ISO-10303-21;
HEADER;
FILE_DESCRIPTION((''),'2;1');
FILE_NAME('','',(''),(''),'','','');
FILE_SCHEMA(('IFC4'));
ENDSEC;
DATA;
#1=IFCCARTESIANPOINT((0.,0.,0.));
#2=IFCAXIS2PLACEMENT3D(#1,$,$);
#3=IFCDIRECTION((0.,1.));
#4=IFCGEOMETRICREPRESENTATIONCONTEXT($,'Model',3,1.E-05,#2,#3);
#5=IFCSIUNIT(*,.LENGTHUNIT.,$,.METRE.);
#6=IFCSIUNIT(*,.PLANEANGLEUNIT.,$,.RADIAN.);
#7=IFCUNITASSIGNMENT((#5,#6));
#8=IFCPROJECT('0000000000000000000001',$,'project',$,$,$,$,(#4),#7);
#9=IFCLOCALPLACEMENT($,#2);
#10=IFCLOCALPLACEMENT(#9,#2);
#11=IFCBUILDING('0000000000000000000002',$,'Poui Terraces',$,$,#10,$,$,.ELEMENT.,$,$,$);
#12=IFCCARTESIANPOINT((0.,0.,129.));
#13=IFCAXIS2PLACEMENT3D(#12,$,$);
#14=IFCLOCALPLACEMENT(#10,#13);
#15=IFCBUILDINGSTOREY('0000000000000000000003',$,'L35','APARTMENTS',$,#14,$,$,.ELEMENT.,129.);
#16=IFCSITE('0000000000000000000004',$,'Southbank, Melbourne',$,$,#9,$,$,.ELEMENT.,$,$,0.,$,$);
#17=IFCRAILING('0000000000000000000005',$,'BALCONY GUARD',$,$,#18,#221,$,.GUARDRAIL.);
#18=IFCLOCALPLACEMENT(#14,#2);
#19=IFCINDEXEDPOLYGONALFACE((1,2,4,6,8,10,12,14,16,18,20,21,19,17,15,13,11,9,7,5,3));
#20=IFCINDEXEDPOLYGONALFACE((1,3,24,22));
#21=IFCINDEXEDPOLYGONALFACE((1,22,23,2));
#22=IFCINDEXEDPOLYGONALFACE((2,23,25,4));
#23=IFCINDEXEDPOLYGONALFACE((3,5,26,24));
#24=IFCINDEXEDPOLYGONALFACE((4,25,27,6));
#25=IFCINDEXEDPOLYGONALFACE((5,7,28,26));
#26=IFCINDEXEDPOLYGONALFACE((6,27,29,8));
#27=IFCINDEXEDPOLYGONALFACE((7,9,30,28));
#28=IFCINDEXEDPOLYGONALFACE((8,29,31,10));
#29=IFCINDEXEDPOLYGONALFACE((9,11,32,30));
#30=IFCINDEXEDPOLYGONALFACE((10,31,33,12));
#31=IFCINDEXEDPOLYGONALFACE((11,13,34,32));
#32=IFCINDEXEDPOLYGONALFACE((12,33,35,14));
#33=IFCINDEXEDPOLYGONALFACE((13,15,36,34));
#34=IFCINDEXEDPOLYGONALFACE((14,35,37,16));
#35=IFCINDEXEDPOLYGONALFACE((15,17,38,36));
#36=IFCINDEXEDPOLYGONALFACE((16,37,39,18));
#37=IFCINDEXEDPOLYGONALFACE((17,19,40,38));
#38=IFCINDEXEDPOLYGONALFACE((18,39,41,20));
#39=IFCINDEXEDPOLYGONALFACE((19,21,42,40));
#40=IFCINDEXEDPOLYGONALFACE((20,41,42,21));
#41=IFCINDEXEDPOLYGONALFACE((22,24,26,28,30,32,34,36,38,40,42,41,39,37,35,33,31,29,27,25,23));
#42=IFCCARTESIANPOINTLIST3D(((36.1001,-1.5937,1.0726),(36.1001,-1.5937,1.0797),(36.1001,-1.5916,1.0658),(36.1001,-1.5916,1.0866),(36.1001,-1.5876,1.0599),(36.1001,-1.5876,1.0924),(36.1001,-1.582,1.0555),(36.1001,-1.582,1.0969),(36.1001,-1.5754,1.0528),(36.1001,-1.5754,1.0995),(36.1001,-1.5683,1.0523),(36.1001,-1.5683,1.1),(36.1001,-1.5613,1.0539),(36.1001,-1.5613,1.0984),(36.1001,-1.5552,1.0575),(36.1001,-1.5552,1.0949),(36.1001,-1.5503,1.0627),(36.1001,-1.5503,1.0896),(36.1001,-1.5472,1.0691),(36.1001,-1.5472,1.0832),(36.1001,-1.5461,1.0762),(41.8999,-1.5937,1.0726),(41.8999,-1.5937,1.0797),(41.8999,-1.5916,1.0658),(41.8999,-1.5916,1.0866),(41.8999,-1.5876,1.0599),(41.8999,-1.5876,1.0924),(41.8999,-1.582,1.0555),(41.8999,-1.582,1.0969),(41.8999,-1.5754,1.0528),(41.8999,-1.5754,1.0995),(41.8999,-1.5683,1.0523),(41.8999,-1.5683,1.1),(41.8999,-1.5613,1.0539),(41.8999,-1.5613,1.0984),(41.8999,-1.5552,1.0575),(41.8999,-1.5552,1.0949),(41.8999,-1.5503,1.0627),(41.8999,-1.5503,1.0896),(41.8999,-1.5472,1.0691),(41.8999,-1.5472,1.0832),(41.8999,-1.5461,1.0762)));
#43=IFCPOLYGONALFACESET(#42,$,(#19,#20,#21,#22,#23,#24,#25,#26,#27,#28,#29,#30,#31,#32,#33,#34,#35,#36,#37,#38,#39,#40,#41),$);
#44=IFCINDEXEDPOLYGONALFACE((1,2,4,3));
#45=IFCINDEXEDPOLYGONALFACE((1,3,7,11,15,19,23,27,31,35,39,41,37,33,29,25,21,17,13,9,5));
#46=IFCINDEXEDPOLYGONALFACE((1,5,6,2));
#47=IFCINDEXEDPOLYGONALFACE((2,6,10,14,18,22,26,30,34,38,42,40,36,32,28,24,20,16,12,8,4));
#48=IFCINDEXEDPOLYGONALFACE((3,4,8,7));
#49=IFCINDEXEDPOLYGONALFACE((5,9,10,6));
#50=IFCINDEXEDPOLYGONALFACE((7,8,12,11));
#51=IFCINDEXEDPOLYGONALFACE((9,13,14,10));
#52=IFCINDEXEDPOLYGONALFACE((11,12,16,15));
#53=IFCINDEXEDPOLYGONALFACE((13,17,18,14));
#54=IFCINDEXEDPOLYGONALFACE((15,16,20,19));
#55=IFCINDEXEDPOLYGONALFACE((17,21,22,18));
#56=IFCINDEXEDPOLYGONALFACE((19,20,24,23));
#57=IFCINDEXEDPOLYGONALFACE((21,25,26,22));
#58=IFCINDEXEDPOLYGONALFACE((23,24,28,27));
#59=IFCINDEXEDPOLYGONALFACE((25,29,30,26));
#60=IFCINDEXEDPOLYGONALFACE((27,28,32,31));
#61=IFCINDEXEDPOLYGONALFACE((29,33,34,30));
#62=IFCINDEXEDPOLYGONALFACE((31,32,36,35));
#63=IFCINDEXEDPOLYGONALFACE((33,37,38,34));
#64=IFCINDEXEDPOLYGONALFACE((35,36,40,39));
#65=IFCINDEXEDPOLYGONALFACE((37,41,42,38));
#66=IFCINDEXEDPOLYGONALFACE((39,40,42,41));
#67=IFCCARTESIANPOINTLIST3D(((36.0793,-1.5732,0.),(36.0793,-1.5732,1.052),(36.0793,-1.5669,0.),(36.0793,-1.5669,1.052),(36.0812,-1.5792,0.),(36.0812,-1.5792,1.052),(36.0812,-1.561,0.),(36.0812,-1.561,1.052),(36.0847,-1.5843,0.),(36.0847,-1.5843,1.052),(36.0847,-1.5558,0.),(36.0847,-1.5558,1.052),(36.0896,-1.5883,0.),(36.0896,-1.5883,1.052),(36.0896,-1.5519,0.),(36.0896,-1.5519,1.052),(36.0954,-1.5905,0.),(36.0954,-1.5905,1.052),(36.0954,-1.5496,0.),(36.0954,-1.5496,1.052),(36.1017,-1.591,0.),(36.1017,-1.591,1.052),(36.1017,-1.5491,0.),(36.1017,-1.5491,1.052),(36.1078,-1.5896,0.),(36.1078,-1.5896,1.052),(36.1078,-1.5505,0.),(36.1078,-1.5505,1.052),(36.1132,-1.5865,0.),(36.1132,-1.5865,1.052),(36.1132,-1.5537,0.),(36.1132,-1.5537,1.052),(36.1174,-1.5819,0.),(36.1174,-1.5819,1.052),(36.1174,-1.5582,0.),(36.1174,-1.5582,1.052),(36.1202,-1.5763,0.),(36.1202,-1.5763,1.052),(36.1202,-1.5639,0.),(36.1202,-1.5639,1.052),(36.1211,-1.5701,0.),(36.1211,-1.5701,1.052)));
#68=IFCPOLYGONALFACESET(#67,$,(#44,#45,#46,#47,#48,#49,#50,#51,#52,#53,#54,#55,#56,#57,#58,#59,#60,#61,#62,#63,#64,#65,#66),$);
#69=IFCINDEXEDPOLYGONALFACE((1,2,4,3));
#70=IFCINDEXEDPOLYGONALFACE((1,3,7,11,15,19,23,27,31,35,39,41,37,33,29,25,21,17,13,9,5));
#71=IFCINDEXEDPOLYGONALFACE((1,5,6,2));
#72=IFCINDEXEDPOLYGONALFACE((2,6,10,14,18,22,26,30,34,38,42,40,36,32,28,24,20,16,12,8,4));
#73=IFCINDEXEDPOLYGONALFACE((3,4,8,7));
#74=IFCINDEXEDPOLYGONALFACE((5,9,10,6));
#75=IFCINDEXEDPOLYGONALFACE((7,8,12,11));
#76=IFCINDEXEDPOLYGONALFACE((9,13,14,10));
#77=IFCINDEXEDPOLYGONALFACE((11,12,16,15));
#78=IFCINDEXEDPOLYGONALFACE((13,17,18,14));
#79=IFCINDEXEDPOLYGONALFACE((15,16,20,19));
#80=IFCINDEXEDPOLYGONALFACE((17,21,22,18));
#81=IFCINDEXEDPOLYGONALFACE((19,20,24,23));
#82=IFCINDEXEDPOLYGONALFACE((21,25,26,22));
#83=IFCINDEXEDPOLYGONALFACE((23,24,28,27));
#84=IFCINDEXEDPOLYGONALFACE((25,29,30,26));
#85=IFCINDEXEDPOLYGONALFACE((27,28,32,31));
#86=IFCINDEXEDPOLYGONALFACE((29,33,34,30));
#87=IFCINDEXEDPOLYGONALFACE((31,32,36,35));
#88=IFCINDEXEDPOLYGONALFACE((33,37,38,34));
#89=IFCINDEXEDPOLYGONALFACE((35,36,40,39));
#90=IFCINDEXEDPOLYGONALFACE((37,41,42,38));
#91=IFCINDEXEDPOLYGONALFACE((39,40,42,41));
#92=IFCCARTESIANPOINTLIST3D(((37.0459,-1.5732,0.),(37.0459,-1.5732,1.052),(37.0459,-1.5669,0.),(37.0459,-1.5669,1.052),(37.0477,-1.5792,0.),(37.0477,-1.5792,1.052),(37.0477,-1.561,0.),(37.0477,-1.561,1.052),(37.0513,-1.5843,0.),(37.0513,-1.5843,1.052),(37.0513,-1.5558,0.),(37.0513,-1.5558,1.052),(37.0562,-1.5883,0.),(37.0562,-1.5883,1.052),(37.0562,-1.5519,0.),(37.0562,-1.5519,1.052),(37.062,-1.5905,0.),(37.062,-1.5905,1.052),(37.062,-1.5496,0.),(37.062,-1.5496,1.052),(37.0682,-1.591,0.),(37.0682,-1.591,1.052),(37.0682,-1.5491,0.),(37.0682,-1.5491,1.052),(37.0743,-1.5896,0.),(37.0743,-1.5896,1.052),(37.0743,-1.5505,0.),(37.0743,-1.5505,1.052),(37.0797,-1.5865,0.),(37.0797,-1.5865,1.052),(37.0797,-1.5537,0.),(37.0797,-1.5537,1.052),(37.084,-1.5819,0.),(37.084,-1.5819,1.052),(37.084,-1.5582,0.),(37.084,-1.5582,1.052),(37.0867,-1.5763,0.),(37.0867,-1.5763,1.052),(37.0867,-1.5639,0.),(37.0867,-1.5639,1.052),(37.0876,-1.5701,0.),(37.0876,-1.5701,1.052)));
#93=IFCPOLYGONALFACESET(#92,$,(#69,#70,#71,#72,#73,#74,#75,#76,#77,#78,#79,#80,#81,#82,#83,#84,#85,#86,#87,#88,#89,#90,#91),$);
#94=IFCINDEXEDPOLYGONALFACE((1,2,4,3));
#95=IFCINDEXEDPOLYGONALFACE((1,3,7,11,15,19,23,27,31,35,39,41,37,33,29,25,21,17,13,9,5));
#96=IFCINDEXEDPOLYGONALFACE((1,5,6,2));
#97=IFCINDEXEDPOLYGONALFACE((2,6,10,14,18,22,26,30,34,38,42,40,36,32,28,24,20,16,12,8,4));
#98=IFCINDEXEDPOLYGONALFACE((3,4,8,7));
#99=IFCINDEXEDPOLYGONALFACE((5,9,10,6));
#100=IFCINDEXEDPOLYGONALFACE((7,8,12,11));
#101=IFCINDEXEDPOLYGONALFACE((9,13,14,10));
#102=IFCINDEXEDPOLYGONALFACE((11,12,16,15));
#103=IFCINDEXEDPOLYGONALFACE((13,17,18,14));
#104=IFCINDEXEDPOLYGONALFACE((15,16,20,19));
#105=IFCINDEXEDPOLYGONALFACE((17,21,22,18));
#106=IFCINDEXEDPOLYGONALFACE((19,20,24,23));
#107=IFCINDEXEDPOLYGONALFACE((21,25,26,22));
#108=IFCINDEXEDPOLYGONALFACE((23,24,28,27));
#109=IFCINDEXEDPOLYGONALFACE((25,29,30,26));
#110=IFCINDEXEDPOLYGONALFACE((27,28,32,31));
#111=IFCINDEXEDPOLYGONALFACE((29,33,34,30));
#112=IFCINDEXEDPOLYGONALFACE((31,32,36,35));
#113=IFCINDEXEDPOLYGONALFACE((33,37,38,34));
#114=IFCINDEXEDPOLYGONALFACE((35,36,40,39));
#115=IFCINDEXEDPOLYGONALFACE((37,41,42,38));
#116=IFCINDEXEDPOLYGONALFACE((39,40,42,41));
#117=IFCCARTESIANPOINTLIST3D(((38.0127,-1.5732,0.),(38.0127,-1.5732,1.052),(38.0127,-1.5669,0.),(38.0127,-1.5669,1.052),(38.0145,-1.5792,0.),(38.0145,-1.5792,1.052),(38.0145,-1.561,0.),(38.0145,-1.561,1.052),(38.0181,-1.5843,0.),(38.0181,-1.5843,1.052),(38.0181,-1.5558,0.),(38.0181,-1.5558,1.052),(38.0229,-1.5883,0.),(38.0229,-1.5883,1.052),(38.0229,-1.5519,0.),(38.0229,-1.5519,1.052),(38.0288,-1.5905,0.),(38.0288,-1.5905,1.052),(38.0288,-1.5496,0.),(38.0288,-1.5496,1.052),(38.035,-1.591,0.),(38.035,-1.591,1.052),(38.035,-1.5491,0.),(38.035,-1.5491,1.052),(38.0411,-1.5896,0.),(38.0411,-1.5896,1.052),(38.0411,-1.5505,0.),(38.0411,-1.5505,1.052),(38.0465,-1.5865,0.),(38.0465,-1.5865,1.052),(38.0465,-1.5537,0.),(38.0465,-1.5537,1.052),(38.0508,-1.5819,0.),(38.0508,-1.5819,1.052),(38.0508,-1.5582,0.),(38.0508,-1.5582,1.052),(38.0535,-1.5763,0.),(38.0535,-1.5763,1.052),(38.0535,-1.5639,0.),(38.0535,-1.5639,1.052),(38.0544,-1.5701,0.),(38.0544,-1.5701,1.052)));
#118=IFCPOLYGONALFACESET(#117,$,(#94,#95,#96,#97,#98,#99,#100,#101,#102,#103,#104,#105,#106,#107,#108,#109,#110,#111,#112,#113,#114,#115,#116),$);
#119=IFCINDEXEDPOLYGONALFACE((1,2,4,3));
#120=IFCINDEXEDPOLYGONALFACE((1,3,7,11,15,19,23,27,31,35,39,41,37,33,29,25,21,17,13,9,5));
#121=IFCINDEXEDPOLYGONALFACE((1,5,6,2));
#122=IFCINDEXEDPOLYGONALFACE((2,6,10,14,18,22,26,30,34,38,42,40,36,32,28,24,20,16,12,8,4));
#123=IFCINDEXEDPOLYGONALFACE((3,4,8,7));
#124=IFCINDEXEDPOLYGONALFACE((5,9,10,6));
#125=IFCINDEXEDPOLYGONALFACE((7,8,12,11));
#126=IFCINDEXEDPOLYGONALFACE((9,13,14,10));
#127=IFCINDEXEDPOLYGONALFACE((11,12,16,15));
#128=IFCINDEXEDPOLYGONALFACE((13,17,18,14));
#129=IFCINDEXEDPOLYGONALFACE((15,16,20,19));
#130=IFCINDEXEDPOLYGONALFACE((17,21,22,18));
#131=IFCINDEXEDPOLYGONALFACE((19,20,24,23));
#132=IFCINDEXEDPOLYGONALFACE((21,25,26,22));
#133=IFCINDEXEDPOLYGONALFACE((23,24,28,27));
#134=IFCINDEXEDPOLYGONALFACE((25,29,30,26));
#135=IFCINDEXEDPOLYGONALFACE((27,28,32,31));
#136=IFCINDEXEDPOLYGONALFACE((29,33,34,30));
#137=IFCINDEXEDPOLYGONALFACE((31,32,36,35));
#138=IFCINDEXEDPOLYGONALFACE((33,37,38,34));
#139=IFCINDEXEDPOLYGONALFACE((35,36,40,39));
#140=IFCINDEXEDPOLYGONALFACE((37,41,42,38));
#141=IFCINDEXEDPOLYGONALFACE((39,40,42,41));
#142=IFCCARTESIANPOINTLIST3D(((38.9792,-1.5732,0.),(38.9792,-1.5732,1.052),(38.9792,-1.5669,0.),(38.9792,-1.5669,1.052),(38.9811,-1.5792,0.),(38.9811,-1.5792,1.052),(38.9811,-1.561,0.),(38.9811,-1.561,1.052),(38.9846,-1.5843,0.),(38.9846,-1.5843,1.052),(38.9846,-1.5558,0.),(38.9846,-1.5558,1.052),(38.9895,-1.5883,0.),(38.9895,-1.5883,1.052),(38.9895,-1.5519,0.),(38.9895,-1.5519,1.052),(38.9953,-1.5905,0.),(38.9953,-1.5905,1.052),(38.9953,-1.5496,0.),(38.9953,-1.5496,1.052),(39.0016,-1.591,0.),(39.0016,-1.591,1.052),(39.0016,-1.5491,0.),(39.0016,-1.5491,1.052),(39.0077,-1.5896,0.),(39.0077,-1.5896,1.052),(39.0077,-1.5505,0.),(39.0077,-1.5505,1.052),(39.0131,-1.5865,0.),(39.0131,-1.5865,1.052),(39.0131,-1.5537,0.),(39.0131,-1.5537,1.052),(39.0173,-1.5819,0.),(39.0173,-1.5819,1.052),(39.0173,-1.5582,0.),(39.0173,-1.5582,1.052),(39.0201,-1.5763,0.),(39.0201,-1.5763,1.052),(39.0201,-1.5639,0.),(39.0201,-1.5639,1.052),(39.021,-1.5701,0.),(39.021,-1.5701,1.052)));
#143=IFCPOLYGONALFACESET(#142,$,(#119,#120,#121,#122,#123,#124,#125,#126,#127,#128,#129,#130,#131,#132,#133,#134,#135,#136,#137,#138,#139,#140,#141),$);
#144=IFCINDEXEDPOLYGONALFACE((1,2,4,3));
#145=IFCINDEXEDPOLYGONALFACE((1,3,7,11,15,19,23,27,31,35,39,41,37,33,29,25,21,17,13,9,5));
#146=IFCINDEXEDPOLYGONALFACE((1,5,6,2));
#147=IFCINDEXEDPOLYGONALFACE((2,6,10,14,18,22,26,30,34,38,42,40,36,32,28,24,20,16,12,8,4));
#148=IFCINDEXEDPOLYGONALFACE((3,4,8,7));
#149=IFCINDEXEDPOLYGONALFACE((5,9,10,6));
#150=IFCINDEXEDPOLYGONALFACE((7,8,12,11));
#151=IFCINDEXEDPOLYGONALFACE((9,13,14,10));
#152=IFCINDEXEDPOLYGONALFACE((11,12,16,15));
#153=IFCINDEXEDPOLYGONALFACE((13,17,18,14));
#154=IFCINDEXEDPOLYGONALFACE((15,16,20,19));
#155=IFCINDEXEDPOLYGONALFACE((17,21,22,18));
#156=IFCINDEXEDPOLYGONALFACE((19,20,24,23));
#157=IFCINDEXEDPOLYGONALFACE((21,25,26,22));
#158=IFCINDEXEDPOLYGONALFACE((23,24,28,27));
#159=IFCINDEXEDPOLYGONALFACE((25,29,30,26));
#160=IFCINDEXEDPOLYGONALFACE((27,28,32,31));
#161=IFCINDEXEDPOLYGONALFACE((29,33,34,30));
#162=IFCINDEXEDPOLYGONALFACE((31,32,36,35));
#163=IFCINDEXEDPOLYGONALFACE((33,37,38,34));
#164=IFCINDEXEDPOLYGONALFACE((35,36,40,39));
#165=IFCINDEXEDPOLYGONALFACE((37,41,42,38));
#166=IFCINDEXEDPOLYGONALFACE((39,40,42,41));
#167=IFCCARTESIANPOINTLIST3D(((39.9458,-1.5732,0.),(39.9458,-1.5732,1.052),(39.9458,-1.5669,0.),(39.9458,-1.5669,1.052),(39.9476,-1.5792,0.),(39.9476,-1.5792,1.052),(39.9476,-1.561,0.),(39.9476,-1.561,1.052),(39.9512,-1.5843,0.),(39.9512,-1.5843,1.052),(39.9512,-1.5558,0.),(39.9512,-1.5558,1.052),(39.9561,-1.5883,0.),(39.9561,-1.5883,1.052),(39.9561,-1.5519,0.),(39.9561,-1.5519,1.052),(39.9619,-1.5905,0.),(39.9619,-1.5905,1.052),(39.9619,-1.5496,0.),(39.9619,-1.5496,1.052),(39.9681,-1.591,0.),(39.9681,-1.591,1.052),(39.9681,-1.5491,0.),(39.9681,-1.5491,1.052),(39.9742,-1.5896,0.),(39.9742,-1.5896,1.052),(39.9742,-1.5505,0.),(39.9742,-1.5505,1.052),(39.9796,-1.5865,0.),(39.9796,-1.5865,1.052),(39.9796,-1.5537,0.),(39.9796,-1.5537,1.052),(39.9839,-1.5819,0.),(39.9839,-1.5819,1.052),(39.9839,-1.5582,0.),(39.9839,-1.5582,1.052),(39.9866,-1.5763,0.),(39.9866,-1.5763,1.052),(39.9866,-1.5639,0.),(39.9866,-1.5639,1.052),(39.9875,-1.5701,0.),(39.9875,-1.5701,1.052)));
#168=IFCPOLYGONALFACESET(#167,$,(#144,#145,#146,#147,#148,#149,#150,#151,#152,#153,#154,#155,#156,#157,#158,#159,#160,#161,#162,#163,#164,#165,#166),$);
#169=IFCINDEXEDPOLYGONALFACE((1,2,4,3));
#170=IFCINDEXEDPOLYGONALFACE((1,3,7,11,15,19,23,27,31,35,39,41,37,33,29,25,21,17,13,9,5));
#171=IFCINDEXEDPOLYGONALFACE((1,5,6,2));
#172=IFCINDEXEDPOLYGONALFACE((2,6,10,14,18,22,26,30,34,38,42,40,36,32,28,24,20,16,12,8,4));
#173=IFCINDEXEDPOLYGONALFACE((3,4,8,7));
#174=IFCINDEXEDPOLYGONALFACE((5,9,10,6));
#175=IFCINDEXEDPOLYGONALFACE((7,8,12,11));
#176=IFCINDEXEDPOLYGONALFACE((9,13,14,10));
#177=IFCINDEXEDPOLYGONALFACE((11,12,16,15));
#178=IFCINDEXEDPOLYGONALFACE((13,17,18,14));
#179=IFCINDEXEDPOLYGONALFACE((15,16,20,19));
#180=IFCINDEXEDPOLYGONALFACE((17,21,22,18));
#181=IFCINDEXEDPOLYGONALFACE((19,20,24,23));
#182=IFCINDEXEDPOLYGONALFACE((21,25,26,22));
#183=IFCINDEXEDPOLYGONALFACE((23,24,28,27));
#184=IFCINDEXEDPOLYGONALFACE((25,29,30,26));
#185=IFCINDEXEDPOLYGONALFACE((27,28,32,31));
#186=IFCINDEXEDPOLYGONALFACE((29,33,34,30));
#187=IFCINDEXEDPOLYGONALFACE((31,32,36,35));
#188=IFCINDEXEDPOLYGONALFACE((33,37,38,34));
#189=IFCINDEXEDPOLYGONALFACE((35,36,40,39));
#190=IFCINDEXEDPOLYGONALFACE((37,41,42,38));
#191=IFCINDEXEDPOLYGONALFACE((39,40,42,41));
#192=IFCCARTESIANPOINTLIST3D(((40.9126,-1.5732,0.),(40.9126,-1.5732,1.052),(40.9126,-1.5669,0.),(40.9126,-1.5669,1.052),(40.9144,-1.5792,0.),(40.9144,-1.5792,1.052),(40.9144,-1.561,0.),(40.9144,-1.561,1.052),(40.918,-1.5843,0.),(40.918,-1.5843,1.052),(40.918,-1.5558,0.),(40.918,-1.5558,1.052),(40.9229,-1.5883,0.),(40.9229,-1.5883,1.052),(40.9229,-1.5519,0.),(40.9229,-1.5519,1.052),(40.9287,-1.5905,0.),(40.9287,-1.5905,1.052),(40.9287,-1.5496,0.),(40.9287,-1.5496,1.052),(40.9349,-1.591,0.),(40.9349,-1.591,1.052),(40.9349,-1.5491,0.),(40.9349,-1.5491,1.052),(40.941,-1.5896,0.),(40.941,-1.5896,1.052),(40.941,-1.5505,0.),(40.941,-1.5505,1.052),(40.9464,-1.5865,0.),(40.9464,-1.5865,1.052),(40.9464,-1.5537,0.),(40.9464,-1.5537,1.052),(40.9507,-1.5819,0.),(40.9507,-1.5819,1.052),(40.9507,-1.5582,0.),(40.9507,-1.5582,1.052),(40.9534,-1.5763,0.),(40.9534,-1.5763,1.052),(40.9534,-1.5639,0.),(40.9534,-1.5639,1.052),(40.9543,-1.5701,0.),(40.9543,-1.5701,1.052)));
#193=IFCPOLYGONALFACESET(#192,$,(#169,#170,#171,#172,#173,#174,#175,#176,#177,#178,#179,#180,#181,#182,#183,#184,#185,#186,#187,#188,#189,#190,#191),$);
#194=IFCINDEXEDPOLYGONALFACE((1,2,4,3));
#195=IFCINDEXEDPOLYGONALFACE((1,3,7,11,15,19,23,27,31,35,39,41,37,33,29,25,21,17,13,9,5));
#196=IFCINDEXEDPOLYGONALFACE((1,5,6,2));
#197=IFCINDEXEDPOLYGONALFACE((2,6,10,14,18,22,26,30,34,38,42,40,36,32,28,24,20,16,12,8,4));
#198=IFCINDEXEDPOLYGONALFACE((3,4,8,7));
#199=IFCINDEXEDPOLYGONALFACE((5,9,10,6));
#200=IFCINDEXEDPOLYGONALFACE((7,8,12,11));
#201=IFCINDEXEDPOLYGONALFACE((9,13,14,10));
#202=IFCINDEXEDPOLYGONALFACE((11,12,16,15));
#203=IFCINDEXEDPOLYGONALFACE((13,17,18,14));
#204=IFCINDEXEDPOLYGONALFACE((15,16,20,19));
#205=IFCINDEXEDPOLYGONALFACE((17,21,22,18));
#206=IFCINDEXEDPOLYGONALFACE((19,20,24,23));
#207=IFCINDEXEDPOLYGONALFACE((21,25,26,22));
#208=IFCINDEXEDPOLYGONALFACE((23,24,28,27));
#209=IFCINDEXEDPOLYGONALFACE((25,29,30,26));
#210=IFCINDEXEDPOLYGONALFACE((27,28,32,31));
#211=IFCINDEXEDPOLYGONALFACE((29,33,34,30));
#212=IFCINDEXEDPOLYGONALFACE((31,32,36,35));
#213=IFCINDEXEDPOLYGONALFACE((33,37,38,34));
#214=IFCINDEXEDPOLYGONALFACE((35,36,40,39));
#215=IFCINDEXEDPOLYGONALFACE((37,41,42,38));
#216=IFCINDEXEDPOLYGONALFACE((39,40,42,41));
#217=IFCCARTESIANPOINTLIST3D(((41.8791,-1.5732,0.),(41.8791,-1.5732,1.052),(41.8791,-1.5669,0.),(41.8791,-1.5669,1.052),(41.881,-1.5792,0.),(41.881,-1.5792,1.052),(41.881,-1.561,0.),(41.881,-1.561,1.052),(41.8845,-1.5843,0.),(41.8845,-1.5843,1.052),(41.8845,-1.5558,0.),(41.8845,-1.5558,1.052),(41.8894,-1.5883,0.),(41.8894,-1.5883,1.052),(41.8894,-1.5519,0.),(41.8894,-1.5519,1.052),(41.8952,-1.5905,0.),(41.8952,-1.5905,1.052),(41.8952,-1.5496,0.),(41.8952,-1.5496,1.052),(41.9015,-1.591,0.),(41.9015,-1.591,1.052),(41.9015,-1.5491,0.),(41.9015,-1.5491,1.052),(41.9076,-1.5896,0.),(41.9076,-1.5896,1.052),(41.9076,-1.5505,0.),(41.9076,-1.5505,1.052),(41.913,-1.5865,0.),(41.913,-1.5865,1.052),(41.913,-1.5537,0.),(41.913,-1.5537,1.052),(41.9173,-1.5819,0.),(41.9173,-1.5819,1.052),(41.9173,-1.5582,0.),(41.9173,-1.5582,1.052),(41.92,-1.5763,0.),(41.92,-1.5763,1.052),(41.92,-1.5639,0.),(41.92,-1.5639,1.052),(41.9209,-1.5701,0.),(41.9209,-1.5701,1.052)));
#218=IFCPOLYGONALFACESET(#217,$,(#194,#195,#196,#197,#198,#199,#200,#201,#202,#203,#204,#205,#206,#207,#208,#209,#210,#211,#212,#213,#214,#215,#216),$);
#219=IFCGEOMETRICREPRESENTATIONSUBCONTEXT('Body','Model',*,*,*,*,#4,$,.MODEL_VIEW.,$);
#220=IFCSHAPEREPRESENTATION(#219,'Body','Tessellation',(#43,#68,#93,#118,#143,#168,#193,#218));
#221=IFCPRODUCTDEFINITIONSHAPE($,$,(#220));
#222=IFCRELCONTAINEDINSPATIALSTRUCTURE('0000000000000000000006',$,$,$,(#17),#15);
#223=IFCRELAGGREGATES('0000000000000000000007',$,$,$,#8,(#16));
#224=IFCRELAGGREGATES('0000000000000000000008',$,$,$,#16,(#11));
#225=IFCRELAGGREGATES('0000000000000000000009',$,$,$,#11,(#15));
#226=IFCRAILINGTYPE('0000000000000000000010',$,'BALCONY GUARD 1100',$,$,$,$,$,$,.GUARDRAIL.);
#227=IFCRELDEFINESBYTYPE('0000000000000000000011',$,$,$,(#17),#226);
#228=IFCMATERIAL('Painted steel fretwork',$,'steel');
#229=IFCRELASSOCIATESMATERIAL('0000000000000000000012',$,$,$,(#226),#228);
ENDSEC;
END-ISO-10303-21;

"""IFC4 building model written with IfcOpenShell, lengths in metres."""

from ifc_helpers import new_model, si_unit, direction, frame, origin, origin_2d, place, context, subcontext, project, spatial, circle, extrude, material, type_object, element, save


model = new_model("IFC4")

# Units and contexts
model_context = context("Model", 3, precision=1e-05, world=origin(), true_north=direction((0.0, 1.0)))
body_context = subcontext(model_context, "Body", "Model", "MODEL_VIEW")
ifc_project = project(units=[si_unit("LENGTHUNIT", "METRE"), si_unit("PLANEANGLEUNIT", "RADIAN")], contexts=[model_context])

# Site, building, storey
site_placement = place(None, origin())
site = spatial("IfcSite", under=ifc_project, at=site_placement, Name="Southbank, Melbourne", CompositionType="ELEMENT", RefElevation=0.0)
building_placement = place(site_placement, origin())
building = spatial("IfcBuilding", under=site, at=building_placement, Name="Poui Terraces", CompositionType="ELEMENT")
storey_placement = place(building_placement, frame((0.0, 0.0, 129.0)))
storey = spatial("IfcBuildingStorey", under=building, at=storey_placement, Name="L35", Description="APARTMENTS", CompositionType="ELEMENT", Elevation=129.0)

# Railing
ifc_material_1 = material(Name="Painted steel fretwork", Category="steel")
railing_type = type_object("IfcRailingType", Name="BALCONY GUARD 1100", PredefinedType="GUARDRAIL", material=ifc_material_1)
railing_placement = place(storey_placement, frame((36.1001, -1.5701, 0.0)))
element("IfcRailing", 1, at=railing_placement, inside=storey, type_object=railing_type, Name="BALCONY GUARD", PredefinedType="GUARDRAIL", context=body_context, shape_type="SweptSolid", body=[
    extrude(circle(Radius=0.0239, at=origin_2d()), frame((0.0, 0.0, 1.0762), z_axis=(1.0, 0.0, 0.0), x_axis=(0.0, 1.0, 0.0)), (0.0, 0.0, 1.0), 5.7998),
    extrude(circle(Radius=0.021, at=origin_2d()), origin(), (0.0, 0.0, 1.0), 1.052),
    extrude(circle(Radius=0.021, at=origin_2d()), frame((0.9666, 0.0, 0.0)), (0.0, 0.0, 1.0), 1.052),
    extrude(circle(Radius=0.021, at=origin_2d()), frame((1.9333, 0.0, 0.0)), (0.0, 0.0, 1.0), 1.052),
    extrude(circle(Radius=0.021, at=origin_2d()), frame((2.8999, 0.0, 0.0)), (0.0, 0.0, 1.0), 1.052),
    extrude(circle(Radius=0.021, at=origin_2d()), frame((3.8665, 0.0, 0.0)), (0.0, 0.0, 1.0), 1.052),
    extrude(circle(Radius=0.021, at=origin_2d()), frame((4.8333, 0.0, 0.0)), (0.0, 0.0, 1.0), 1.052),
    extrude(circle(Radius=0.021, at=origin_2d()), frame((5.7998, 0.0, 0.0)), (0.0, 0.0, 1.0), 1.052),
])

save(model, "model.ifc")
